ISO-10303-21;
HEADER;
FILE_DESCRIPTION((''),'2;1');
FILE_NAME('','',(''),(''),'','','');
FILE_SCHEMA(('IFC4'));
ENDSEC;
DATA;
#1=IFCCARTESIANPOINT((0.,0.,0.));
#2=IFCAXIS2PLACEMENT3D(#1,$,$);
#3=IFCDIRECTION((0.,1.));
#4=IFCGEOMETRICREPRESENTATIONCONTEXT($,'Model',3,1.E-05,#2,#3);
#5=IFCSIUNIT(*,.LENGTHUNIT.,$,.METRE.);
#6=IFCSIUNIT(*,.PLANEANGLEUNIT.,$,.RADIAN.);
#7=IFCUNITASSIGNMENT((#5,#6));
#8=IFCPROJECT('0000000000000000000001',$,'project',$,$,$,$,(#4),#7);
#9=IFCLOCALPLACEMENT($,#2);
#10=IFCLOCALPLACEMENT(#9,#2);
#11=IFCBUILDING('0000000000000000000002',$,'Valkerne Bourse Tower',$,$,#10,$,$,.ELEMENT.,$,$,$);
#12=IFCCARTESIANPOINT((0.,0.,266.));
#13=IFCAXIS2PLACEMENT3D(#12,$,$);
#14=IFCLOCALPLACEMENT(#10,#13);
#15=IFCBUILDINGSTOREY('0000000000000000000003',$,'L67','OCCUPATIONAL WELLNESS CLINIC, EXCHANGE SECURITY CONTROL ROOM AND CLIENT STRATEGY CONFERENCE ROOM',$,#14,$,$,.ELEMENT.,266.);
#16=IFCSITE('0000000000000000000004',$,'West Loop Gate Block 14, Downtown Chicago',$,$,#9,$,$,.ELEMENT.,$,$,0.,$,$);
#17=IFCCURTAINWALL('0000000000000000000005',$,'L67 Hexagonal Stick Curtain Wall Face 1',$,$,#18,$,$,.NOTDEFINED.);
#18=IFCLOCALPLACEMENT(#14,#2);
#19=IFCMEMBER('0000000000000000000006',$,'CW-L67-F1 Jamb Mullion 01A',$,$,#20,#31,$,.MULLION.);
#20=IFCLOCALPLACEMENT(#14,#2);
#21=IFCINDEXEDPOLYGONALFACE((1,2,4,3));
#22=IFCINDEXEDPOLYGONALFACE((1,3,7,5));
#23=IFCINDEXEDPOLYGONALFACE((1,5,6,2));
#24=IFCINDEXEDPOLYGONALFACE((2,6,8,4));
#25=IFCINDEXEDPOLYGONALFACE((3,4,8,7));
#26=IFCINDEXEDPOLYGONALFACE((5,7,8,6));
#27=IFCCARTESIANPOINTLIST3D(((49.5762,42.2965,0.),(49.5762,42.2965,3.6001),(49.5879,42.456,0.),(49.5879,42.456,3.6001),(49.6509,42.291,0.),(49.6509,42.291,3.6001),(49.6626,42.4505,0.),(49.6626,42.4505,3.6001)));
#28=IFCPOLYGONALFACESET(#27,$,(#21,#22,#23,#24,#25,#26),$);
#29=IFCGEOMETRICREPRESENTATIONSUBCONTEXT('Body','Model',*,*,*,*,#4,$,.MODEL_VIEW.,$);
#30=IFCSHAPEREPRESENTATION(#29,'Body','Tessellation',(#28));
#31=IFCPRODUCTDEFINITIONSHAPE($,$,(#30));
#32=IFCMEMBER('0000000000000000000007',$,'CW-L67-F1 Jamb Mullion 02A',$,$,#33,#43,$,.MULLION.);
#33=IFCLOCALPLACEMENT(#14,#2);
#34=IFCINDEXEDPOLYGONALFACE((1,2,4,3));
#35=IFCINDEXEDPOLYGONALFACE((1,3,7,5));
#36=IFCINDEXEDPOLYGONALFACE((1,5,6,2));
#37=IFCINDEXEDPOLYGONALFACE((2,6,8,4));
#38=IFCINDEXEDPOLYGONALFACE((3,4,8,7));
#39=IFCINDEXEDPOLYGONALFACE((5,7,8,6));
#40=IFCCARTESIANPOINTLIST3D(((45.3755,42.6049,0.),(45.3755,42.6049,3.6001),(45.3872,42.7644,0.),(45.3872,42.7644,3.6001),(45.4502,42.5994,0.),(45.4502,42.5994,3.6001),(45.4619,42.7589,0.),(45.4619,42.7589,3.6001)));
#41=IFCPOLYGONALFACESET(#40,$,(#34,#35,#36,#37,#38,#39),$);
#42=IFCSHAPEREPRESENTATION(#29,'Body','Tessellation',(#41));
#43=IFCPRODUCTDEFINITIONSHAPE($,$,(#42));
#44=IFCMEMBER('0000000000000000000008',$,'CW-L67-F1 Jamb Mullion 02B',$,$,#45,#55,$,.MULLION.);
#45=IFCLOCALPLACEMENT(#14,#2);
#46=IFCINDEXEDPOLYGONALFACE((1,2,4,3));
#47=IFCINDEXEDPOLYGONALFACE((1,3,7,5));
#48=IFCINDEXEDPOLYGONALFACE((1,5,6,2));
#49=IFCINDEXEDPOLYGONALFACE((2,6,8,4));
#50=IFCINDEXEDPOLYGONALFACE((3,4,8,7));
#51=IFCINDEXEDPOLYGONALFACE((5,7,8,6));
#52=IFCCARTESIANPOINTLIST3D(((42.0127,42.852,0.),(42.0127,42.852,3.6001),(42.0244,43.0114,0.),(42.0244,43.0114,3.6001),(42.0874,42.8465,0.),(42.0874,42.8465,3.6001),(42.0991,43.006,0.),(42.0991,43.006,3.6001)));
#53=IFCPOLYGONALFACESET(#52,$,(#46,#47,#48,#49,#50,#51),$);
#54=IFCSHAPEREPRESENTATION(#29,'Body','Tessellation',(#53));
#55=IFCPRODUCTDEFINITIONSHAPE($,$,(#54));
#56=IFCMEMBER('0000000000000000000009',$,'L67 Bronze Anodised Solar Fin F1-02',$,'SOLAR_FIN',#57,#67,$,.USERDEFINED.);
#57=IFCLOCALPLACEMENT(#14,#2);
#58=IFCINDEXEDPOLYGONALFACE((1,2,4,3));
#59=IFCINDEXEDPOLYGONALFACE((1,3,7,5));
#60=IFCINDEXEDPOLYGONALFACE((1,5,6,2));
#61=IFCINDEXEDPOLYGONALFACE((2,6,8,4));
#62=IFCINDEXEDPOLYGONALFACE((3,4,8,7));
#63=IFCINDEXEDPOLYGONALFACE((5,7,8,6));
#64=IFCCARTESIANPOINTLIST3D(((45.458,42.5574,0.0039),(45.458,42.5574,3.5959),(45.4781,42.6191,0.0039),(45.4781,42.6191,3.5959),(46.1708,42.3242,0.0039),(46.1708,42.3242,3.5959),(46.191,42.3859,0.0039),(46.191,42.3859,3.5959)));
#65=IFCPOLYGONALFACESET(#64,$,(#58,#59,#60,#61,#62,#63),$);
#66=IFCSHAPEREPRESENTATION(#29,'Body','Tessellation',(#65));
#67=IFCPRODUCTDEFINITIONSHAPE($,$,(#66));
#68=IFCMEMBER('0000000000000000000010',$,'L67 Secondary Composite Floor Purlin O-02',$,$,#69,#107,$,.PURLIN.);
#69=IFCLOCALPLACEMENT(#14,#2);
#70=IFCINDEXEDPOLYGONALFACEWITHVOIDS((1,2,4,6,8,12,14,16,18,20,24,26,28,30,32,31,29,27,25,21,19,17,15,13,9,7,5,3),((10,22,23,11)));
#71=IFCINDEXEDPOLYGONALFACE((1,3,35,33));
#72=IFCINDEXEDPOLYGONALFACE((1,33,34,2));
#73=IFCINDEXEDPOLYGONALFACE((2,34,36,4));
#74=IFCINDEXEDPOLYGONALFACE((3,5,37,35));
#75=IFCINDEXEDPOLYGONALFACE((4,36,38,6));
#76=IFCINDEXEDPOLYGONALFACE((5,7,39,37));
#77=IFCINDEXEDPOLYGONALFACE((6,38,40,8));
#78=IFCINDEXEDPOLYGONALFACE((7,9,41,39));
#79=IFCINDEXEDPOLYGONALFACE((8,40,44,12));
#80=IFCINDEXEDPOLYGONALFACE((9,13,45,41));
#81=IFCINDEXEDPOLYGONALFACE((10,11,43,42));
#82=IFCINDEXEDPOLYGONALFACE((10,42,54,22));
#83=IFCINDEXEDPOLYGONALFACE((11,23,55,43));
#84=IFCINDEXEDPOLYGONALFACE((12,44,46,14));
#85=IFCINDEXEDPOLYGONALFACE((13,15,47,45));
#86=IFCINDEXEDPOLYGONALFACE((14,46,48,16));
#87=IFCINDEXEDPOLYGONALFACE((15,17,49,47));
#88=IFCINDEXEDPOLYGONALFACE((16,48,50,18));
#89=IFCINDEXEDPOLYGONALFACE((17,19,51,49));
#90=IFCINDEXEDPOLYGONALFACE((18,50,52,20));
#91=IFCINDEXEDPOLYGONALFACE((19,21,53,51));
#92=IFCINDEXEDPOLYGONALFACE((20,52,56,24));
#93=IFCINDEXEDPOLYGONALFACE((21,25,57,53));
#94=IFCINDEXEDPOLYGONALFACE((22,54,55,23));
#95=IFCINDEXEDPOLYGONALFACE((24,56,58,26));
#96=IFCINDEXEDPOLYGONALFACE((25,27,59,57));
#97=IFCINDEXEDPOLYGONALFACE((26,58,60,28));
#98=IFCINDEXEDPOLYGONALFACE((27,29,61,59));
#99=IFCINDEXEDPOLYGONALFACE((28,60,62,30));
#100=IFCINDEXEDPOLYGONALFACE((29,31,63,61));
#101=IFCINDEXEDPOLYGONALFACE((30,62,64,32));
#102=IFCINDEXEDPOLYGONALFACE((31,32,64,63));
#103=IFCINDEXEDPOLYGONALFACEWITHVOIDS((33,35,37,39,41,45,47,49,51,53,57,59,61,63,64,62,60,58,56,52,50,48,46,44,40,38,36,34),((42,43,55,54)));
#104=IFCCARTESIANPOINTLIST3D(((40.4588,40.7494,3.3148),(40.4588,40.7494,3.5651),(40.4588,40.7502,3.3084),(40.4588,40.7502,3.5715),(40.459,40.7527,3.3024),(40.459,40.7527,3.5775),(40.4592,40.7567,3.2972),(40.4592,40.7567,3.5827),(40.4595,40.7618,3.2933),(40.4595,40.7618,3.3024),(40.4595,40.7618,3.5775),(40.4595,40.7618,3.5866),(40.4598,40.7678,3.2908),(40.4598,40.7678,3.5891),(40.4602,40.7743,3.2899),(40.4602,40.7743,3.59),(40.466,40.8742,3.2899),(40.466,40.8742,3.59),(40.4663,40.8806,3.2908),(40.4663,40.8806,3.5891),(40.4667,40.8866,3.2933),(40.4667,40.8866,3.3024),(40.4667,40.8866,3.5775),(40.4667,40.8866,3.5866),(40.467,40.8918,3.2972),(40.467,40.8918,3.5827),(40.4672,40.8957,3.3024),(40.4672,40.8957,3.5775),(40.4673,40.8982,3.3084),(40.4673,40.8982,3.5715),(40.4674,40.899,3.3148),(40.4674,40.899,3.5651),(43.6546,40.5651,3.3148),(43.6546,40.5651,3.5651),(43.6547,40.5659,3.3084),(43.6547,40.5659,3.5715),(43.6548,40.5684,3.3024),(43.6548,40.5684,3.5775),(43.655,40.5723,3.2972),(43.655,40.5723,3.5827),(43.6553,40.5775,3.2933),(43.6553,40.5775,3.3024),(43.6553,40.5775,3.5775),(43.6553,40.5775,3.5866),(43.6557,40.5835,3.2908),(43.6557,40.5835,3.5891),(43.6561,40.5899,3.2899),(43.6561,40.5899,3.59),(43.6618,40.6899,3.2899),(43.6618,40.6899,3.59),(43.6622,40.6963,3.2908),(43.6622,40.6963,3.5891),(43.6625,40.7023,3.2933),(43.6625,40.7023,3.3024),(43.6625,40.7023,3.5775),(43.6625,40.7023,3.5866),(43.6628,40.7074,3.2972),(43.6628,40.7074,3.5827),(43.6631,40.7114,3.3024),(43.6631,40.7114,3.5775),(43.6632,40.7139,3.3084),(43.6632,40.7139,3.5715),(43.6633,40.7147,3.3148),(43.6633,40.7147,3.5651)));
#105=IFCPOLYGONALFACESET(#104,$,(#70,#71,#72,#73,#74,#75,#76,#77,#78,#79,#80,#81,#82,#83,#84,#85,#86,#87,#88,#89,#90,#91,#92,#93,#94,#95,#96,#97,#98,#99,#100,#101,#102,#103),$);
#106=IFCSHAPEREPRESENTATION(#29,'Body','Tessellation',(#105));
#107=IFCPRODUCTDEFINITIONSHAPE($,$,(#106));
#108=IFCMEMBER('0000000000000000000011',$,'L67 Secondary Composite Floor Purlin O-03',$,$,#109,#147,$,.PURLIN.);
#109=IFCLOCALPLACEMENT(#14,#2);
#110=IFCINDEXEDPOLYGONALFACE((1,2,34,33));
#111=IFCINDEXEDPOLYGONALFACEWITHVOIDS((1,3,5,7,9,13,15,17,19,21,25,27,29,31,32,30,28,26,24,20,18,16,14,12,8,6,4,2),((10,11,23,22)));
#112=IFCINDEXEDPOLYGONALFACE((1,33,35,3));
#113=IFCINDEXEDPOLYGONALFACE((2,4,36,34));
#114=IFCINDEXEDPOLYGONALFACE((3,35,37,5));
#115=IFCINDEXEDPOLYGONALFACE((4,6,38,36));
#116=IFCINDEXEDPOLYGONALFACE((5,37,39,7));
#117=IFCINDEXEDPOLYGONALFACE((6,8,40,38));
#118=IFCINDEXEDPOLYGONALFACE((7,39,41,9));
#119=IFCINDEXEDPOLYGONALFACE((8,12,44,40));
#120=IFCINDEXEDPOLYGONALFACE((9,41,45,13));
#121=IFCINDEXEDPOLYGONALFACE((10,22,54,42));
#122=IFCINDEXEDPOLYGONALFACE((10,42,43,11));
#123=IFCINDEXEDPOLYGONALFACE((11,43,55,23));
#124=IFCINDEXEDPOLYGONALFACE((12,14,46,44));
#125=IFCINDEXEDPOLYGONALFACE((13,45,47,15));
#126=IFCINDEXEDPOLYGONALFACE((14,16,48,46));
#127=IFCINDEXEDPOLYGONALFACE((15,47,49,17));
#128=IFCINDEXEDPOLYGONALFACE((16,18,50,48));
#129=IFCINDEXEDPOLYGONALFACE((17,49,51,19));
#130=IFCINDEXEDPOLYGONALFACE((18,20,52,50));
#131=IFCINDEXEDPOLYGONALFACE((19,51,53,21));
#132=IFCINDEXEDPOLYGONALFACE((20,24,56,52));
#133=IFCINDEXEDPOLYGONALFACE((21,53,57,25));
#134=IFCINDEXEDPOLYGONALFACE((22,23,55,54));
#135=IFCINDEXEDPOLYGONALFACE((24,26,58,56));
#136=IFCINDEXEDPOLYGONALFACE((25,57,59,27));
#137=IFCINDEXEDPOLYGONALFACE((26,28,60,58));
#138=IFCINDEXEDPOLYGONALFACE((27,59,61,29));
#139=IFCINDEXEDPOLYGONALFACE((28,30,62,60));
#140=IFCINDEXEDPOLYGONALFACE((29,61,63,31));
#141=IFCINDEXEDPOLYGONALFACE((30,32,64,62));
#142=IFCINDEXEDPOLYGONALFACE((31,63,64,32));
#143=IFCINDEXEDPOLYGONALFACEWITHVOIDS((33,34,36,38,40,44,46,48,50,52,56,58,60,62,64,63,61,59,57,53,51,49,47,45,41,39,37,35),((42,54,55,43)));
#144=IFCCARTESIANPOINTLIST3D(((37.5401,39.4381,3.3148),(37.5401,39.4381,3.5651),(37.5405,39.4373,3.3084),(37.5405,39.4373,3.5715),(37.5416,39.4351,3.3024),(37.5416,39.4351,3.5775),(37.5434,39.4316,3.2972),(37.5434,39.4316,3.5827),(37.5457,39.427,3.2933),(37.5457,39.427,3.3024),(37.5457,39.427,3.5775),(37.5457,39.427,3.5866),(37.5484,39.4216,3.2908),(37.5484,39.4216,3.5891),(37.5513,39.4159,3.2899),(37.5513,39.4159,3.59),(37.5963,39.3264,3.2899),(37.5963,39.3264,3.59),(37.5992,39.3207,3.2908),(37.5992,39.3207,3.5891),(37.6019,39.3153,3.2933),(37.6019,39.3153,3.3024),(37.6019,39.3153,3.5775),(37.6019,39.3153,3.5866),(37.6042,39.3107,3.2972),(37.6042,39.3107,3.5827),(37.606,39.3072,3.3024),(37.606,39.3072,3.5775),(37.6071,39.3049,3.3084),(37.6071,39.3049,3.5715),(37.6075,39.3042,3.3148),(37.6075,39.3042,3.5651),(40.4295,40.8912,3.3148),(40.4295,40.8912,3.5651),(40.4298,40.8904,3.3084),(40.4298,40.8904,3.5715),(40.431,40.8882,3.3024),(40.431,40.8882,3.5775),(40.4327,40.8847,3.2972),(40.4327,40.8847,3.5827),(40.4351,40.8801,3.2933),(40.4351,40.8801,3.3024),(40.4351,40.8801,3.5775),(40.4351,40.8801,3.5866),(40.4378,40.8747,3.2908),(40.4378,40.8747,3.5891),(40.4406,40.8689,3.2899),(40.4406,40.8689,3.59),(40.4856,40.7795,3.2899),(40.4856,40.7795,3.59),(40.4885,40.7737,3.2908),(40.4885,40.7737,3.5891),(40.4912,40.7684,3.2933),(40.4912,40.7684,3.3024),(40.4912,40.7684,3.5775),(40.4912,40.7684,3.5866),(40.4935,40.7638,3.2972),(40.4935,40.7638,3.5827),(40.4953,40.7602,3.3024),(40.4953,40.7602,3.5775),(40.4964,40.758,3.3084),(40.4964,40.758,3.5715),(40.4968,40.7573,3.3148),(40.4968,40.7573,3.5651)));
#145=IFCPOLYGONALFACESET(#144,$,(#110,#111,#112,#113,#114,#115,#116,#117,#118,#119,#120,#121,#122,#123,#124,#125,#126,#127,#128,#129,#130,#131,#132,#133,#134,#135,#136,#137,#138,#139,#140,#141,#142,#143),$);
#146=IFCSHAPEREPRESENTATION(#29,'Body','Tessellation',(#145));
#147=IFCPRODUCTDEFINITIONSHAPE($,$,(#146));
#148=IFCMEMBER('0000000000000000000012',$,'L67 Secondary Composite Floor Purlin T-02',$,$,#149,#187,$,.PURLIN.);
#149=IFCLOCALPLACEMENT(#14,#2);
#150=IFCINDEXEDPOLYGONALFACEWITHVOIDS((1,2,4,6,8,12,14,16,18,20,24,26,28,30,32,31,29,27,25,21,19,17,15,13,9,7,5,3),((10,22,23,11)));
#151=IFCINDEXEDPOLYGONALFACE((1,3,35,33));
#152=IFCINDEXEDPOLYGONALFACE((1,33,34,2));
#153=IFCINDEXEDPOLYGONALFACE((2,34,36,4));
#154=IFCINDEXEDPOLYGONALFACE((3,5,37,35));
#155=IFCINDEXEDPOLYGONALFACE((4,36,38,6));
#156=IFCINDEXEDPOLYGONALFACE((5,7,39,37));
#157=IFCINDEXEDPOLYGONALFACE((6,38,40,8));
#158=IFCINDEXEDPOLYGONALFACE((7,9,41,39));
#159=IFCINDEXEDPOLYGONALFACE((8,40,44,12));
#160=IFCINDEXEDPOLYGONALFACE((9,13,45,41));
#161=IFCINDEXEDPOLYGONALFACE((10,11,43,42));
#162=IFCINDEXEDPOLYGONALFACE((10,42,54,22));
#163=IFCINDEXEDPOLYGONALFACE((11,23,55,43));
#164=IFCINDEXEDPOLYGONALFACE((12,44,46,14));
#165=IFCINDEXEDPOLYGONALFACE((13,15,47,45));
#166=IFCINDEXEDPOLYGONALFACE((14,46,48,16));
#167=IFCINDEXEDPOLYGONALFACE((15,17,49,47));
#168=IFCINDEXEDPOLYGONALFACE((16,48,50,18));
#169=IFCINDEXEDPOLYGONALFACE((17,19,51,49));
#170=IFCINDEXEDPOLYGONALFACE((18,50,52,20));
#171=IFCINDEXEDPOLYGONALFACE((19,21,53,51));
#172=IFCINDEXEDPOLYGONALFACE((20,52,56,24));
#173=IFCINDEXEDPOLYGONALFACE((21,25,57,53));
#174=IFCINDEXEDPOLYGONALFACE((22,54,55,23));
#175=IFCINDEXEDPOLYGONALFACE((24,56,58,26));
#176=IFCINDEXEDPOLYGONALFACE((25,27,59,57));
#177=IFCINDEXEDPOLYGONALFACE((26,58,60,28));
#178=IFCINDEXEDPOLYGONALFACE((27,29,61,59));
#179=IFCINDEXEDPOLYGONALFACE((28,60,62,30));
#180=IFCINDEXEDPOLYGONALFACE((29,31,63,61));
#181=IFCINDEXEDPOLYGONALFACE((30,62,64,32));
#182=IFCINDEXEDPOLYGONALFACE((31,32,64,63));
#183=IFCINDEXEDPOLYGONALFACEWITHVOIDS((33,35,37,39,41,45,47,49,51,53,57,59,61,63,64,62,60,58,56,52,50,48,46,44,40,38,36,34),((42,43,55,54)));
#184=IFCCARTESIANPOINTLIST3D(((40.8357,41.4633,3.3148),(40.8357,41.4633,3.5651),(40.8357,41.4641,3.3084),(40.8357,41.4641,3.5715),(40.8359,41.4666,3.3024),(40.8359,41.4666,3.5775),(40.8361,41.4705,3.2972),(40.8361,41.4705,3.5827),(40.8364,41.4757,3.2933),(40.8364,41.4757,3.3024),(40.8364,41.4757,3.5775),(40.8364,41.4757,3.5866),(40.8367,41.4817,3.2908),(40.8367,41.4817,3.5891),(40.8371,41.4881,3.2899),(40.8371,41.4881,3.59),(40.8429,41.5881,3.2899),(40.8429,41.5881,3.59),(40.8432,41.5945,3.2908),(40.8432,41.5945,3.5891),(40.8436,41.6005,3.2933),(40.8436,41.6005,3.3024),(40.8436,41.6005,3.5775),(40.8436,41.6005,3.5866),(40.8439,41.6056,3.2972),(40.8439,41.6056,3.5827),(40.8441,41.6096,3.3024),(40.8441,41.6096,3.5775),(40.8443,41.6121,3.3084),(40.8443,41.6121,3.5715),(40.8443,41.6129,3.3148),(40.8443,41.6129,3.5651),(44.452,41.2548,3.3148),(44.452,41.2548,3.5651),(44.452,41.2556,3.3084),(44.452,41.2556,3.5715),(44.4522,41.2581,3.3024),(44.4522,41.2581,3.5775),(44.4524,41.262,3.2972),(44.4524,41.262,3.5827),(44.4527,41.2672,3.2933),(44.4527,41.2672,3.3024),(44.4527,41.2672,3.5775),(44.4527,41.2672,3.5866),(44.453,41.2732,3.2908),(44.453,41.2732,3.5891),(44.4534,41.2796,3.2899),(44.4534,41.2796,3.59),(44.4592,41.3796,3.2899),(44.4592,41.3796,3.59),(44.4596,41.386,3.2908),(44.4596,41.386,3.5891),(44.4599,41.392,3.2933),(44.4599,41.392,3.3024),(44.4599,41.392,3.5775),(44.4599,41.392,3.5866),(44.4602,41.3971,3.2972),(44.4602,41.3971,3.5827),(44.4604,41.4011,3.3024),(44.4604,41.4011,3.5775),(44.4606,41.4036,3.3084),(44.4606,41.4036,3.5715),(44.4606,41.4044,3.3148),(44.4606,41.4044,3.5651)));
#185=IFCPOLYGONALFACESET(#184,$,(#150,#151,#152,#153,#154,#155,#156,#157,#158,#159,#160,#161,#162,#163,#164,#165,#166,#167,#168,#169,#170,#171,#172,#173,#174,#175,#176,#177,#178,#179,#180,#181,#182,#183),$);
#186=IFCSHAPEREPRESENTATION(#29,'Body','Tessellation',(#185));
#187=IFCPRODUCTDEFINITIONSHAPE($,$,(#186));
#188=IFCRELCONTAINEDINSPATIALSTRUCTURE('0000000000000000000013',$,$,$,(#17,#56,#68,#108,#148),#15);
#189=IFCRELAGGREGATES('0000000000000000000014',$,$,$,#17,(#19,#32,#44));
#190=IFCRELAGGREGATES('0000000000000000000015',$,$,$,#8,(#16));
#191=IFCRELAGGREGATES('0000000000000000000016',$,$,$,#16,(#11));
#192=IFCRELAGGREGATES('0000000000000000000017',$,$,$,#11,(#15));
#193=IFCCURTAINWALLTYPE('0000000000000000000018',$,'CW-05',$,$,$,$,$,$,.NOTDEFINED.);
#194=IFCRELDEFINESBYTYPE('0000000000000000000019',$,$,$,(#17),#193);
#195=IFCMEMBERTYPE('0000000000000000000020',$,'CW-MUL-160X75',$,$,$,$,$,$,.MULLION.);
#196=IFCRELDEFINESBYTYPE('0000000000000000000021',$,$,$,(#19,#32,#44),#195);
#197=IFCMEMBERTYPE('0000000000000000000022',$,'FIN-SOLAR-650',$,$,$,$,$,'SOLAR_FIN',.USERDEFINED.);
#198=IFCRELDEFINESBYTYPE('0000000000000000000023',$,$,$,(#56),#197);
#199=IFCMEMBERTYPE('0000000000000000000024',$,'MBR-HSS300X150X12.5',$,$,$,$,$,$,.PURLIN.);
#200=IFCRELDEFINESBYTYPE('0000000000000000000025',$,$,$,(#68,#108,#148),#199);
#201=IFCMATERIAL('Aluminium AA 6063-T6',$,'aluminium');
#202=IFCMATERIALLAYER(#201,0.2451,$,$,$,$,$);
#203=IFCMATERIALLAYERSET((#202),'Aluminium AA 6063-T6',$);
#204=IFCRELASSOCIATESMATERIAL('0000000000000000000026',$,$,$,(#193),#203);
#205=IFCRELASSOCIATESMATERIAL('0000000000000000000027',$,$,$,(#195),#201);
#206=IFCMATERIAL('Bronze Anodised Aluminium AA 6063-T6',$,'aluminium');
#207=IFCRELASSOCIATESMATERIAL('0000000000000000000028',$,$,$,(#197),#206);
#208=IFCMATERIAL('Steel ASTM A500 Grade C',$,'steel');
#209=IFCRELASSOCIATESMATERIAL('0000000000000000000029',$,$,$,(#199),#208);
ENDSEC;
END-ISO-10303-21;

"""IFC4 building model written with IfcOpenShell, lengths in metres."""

from ifc_helpers import new_model, si_unit, direction, frame, origin, origin_2d, place, context, subcontext, project, spatial, rectangle, hollow_rectangle, extrude, material, layer, layer_set, material_profile, profile_set, type_object, element, aggregate, save


model = new_model("IFC4")

# Units and contexts
model_context = context("Model", 3, precision=1e-05, world=origin(), true_north=direction((0.0, 1.0)))
body_context = subcontext(model_context, "Body", "Model", "MODEL_VIEW")
ifc_project = project(units=[si_unit("LENGTHUNIT", "METRE"), si_unit("PLANEANGLEUNIT", "RADIAN")], contexts=[model_context])

# Site, building, storey
site_placement = place(None, origin())
site = spatial("IfcSite", under=ifc_project, at=site_placement, Name="West Loop Gate Block 14, Downtown Chicago", CompositionType="ELEMENT", RefElevation=0.0)
building_placement = place(site_placement, origin())
building = spatial("IfcBuilding", under=site, at=building_placement, Name="Valkerne Bourse Tower", CompositionType="ELEMENT")
storey_placement = place(building_placement, frame((0.0, 0.0, 266.0)))
storey = spatial("IfcBuildingStorey", under=building, at=storey_placement, Name="L67", Description="OCCUPATIONAL WELLNESS CLINIC, EXCHANGE SECURITY CONTROL ROOM AND CLIENT STRATEGY CONFERENCE ROOM", CompositionType="ELEMENT", Elevation=266.0)

# Curtain wall, members
ifc_material_1 = material(Name="Aluminium AA 6063-T6", Category="aluminium")
ifc_layer_1 = layer(ifc_material_1, 0.2451)
ifc_layer_set_1 = layer_set([ifc_layer_1], Name="Aluminium AA 6063-T6")
curtain_wall_type = type_object("IfcCurtainWallType", Name="CW-05", PredefinedType="NOTDEFINED", material=ifc_layer_set_1)
curtain_wall_placement = place(storey_placement, origin())
curtain_wall = element("IfcCurtainWall", 1, at=curtain_wall_placement, inside=storey, type_object=curtain_wall_type, Name="L67 Hexagonal Stick Curtain Wall Face 1", PredefinedType="NOTDEFINED")
ifc_material_profile_1 = material_profile(ifc_material_1, rectangle(XDim=0.075, YDim=0.1599, at=origin_2d()), Name="CWM-75X160")
ifc_profile_set_1 = profile_set([ifc_material_profile_1], Name="Aluminium AA 6063-T6")
member_type_1 = type_object("IfcMemberType", Name="CW-MUL-160X75", PredefinedType="MULLION", material=ifc_profile_set_1)
member_1_placement = place(storey_placement, frame((49.6194, 42.3735, 0.0), z_axis=(0.0, 0.0, 1.0), x_axis=(-0.997314, 0.073243, 0.0)))
member_1 = element("IfcMember", 2, at=member_1_placement, type_object=member_type_1, Name="CW-L67-F1 Jamb Mullion 01A", PredefinedType="MULLION", context=body_context, shape_type="SweptSolid", body=[
    extrude(rectangle(XDim=0.075, YDim=0.1599, at=origin_2d()), origin(), (0.0, 0.0, 1.0), 3.6001),
])
member_2_placement = place(storey_placement, frame((45.4187, 42.6819, 0.0), z_axis=(0.0, 0.0, 1.0), x_axis=(-0.997316, 0.073219, 0.0)))
member_2 = element("IfcMember", 3, at=member_2_placement, type_object=member_type_1, Name="CW-L67-F1 Jamb Mullion 02A", PredefinedType="MULLION", context=body_context, shape_type="SweptSolid", body=[
    extrude(rectangle(XDim=0.075, YDim=0.1599, at=origin_2d()), origin(), (0.0, 0.0, 1.0), 3.6001),
])
member_3_placement = place(storey_placement, frame((42.0559, 42.929, 0.0), z_axis=(0.0, 0.0, 1.0), x_axis=(-0.997316, 0.073219, 0.0)))
member_3 = element("IfcMember", 4, at=member_3_placement, type_object=member_type_1, Name="CW-L67-F1 Jamb Mullion 02B", PredefinedType="MULLION", context=body_context, shape_type="SweptSolid", body=[
    extrude(rectangle(XDim=0.075, YDim=0.1599, at=origin_2d()), origin(), (0.0, 0.0, 1.0), 3.6001),
])

# Members
ifc_material_2 = material(Name="Bronze Anodised Aluminium AA 6063-T6", Category="aluminium")
ifc_material_profile_2 = material_profile(ifc_material_2, rectangle(XDim=0.0649, YDim=0.75, at=origin_2d()), Name="FIN-65X750")
ifc_profile_set_2 = profile_set([ifc_material_profile_2], Name="Bronze Anodised Aluminium AA 6063-T6")
member_type_2 = type_object("IfcMemberType", Name="FIN-SOLAR-650", ElementType="SOLAR_FIN", PredefinedType="USERDEFINED", material=ifc_profile_set_2)
member_4_placement = place(storey_placement, frame((45.8245, 42.4717, 0.0039), z_axis=(0.0, 0.0, 1.0), x_axis=(0.310914, 0.950438, 0.0)))
element("IfcMember", 5, at=member_4_placement, inside=storey, type_object=member_type_2, Name="L67 Bronze Anodised Solar Fin F1-02", ObjectType="SOLAR_FIN", PredefinedType="USERDEFINED", context=body_context, shape_type="SweptSolid", body=[
    extrude(rectangle(XDim=0.0649, YDim=0.75, at=origin_2d()), origin(), (0.0, 0.0, 1.0), 3.592),
])
ifc_material_3 = material(Name="Steel ASTM A500 Grade C", Category="steel")
ifc_material_profile_3 = material_profile(ifc_material_3, hollow_rectangle(XDim=0.1499, YDim=0.3, WallThickness=0.0125, OuterFilletRadius=0.0249, at=origin_2d()), Name="HSS300X150X12.5")
ifc_profile_set_3 = profile_set([ifc_material_profile_3], Name="Steel ASTM A500 Grade C")
member_type_3 = type_object("IfcMemberType", Name="MBR-HSS300X150X12.5", PredefinedType="PURLIN", material=ifc_profile_set_3)
member_5_placement = place(storey_placement, frame((43.6589, 40.6399, 3.4399), z_axis=(-0.998341, 0.057582, 0.0), x_axis=(-0.057582, -0.998341, 0.0)))
element("IfcMember", 6, at=member_5_placement, inside=storey, type_object=member_type_3, Name="L67 Secondary Composite Floor Purlin O-02", PredefinedType="PURLIN", context=body_context, shape_type="SweptSolid", body=[
    extrude(hollow_rectangle(XDim=0.1499, YDim=0.3, WallThickness=0.0125, OuterFilletRadius=0.0249, at=origin_2d()), origin(), (0.0, 0.0, 1.0), 3.2012),
])
member_6_placement = place(storey_placement, frame((40.4631, 40.8242, 3.4399), z_axis=(-0.893383, -0.449296, 0.0), x_axis=(0.449296, -0.893383, 0.0)))
element("IfcMember", 7, at=member_6_placement, inside=storey, type_object=member_type_3, Name="L67 Secondary Composite Floor Purlin O-03", PredefinedType="PURLIN", context=body_context, shape_type="SweptSolid", body=[
    extrude(hollow_rectangle(XDim=0.1499, YDim=0.3, WallThickness=0.0125, OuterFilletRadius=0.0249, at=origin_2d()), origin(), (0.0, 0.0, 1.0), 3.2341),
])
member_7_placement = place(storey_placement, frame((44.4563, 41.3296, 3.4399), z_axis=(-0.998342, 0.05756, 0.0), x_axis=(-0.05756, -0.998342, 0.0)))
element("IfcMember", 8, at=member_7_placement, inside=storey, type_object=member_type_3, Name="L67 Secondary Composite Floor Purlin T-02", PredefinedType="PURLIN", context=body_context, shape_type="SweptSolid", body=[
    extrude(hollow_rectangle(XDim=0.1499, YDim=0.3, WallThickness=0.0125, OuterFilletRadius=0.0249, at=origin_2d()), origin(), (0.0, 0.0, 1.0), 3.6223),
])

aggregate(curtain_wall, [member_1, member_2, member_3])

save(model, "model.ifc")
